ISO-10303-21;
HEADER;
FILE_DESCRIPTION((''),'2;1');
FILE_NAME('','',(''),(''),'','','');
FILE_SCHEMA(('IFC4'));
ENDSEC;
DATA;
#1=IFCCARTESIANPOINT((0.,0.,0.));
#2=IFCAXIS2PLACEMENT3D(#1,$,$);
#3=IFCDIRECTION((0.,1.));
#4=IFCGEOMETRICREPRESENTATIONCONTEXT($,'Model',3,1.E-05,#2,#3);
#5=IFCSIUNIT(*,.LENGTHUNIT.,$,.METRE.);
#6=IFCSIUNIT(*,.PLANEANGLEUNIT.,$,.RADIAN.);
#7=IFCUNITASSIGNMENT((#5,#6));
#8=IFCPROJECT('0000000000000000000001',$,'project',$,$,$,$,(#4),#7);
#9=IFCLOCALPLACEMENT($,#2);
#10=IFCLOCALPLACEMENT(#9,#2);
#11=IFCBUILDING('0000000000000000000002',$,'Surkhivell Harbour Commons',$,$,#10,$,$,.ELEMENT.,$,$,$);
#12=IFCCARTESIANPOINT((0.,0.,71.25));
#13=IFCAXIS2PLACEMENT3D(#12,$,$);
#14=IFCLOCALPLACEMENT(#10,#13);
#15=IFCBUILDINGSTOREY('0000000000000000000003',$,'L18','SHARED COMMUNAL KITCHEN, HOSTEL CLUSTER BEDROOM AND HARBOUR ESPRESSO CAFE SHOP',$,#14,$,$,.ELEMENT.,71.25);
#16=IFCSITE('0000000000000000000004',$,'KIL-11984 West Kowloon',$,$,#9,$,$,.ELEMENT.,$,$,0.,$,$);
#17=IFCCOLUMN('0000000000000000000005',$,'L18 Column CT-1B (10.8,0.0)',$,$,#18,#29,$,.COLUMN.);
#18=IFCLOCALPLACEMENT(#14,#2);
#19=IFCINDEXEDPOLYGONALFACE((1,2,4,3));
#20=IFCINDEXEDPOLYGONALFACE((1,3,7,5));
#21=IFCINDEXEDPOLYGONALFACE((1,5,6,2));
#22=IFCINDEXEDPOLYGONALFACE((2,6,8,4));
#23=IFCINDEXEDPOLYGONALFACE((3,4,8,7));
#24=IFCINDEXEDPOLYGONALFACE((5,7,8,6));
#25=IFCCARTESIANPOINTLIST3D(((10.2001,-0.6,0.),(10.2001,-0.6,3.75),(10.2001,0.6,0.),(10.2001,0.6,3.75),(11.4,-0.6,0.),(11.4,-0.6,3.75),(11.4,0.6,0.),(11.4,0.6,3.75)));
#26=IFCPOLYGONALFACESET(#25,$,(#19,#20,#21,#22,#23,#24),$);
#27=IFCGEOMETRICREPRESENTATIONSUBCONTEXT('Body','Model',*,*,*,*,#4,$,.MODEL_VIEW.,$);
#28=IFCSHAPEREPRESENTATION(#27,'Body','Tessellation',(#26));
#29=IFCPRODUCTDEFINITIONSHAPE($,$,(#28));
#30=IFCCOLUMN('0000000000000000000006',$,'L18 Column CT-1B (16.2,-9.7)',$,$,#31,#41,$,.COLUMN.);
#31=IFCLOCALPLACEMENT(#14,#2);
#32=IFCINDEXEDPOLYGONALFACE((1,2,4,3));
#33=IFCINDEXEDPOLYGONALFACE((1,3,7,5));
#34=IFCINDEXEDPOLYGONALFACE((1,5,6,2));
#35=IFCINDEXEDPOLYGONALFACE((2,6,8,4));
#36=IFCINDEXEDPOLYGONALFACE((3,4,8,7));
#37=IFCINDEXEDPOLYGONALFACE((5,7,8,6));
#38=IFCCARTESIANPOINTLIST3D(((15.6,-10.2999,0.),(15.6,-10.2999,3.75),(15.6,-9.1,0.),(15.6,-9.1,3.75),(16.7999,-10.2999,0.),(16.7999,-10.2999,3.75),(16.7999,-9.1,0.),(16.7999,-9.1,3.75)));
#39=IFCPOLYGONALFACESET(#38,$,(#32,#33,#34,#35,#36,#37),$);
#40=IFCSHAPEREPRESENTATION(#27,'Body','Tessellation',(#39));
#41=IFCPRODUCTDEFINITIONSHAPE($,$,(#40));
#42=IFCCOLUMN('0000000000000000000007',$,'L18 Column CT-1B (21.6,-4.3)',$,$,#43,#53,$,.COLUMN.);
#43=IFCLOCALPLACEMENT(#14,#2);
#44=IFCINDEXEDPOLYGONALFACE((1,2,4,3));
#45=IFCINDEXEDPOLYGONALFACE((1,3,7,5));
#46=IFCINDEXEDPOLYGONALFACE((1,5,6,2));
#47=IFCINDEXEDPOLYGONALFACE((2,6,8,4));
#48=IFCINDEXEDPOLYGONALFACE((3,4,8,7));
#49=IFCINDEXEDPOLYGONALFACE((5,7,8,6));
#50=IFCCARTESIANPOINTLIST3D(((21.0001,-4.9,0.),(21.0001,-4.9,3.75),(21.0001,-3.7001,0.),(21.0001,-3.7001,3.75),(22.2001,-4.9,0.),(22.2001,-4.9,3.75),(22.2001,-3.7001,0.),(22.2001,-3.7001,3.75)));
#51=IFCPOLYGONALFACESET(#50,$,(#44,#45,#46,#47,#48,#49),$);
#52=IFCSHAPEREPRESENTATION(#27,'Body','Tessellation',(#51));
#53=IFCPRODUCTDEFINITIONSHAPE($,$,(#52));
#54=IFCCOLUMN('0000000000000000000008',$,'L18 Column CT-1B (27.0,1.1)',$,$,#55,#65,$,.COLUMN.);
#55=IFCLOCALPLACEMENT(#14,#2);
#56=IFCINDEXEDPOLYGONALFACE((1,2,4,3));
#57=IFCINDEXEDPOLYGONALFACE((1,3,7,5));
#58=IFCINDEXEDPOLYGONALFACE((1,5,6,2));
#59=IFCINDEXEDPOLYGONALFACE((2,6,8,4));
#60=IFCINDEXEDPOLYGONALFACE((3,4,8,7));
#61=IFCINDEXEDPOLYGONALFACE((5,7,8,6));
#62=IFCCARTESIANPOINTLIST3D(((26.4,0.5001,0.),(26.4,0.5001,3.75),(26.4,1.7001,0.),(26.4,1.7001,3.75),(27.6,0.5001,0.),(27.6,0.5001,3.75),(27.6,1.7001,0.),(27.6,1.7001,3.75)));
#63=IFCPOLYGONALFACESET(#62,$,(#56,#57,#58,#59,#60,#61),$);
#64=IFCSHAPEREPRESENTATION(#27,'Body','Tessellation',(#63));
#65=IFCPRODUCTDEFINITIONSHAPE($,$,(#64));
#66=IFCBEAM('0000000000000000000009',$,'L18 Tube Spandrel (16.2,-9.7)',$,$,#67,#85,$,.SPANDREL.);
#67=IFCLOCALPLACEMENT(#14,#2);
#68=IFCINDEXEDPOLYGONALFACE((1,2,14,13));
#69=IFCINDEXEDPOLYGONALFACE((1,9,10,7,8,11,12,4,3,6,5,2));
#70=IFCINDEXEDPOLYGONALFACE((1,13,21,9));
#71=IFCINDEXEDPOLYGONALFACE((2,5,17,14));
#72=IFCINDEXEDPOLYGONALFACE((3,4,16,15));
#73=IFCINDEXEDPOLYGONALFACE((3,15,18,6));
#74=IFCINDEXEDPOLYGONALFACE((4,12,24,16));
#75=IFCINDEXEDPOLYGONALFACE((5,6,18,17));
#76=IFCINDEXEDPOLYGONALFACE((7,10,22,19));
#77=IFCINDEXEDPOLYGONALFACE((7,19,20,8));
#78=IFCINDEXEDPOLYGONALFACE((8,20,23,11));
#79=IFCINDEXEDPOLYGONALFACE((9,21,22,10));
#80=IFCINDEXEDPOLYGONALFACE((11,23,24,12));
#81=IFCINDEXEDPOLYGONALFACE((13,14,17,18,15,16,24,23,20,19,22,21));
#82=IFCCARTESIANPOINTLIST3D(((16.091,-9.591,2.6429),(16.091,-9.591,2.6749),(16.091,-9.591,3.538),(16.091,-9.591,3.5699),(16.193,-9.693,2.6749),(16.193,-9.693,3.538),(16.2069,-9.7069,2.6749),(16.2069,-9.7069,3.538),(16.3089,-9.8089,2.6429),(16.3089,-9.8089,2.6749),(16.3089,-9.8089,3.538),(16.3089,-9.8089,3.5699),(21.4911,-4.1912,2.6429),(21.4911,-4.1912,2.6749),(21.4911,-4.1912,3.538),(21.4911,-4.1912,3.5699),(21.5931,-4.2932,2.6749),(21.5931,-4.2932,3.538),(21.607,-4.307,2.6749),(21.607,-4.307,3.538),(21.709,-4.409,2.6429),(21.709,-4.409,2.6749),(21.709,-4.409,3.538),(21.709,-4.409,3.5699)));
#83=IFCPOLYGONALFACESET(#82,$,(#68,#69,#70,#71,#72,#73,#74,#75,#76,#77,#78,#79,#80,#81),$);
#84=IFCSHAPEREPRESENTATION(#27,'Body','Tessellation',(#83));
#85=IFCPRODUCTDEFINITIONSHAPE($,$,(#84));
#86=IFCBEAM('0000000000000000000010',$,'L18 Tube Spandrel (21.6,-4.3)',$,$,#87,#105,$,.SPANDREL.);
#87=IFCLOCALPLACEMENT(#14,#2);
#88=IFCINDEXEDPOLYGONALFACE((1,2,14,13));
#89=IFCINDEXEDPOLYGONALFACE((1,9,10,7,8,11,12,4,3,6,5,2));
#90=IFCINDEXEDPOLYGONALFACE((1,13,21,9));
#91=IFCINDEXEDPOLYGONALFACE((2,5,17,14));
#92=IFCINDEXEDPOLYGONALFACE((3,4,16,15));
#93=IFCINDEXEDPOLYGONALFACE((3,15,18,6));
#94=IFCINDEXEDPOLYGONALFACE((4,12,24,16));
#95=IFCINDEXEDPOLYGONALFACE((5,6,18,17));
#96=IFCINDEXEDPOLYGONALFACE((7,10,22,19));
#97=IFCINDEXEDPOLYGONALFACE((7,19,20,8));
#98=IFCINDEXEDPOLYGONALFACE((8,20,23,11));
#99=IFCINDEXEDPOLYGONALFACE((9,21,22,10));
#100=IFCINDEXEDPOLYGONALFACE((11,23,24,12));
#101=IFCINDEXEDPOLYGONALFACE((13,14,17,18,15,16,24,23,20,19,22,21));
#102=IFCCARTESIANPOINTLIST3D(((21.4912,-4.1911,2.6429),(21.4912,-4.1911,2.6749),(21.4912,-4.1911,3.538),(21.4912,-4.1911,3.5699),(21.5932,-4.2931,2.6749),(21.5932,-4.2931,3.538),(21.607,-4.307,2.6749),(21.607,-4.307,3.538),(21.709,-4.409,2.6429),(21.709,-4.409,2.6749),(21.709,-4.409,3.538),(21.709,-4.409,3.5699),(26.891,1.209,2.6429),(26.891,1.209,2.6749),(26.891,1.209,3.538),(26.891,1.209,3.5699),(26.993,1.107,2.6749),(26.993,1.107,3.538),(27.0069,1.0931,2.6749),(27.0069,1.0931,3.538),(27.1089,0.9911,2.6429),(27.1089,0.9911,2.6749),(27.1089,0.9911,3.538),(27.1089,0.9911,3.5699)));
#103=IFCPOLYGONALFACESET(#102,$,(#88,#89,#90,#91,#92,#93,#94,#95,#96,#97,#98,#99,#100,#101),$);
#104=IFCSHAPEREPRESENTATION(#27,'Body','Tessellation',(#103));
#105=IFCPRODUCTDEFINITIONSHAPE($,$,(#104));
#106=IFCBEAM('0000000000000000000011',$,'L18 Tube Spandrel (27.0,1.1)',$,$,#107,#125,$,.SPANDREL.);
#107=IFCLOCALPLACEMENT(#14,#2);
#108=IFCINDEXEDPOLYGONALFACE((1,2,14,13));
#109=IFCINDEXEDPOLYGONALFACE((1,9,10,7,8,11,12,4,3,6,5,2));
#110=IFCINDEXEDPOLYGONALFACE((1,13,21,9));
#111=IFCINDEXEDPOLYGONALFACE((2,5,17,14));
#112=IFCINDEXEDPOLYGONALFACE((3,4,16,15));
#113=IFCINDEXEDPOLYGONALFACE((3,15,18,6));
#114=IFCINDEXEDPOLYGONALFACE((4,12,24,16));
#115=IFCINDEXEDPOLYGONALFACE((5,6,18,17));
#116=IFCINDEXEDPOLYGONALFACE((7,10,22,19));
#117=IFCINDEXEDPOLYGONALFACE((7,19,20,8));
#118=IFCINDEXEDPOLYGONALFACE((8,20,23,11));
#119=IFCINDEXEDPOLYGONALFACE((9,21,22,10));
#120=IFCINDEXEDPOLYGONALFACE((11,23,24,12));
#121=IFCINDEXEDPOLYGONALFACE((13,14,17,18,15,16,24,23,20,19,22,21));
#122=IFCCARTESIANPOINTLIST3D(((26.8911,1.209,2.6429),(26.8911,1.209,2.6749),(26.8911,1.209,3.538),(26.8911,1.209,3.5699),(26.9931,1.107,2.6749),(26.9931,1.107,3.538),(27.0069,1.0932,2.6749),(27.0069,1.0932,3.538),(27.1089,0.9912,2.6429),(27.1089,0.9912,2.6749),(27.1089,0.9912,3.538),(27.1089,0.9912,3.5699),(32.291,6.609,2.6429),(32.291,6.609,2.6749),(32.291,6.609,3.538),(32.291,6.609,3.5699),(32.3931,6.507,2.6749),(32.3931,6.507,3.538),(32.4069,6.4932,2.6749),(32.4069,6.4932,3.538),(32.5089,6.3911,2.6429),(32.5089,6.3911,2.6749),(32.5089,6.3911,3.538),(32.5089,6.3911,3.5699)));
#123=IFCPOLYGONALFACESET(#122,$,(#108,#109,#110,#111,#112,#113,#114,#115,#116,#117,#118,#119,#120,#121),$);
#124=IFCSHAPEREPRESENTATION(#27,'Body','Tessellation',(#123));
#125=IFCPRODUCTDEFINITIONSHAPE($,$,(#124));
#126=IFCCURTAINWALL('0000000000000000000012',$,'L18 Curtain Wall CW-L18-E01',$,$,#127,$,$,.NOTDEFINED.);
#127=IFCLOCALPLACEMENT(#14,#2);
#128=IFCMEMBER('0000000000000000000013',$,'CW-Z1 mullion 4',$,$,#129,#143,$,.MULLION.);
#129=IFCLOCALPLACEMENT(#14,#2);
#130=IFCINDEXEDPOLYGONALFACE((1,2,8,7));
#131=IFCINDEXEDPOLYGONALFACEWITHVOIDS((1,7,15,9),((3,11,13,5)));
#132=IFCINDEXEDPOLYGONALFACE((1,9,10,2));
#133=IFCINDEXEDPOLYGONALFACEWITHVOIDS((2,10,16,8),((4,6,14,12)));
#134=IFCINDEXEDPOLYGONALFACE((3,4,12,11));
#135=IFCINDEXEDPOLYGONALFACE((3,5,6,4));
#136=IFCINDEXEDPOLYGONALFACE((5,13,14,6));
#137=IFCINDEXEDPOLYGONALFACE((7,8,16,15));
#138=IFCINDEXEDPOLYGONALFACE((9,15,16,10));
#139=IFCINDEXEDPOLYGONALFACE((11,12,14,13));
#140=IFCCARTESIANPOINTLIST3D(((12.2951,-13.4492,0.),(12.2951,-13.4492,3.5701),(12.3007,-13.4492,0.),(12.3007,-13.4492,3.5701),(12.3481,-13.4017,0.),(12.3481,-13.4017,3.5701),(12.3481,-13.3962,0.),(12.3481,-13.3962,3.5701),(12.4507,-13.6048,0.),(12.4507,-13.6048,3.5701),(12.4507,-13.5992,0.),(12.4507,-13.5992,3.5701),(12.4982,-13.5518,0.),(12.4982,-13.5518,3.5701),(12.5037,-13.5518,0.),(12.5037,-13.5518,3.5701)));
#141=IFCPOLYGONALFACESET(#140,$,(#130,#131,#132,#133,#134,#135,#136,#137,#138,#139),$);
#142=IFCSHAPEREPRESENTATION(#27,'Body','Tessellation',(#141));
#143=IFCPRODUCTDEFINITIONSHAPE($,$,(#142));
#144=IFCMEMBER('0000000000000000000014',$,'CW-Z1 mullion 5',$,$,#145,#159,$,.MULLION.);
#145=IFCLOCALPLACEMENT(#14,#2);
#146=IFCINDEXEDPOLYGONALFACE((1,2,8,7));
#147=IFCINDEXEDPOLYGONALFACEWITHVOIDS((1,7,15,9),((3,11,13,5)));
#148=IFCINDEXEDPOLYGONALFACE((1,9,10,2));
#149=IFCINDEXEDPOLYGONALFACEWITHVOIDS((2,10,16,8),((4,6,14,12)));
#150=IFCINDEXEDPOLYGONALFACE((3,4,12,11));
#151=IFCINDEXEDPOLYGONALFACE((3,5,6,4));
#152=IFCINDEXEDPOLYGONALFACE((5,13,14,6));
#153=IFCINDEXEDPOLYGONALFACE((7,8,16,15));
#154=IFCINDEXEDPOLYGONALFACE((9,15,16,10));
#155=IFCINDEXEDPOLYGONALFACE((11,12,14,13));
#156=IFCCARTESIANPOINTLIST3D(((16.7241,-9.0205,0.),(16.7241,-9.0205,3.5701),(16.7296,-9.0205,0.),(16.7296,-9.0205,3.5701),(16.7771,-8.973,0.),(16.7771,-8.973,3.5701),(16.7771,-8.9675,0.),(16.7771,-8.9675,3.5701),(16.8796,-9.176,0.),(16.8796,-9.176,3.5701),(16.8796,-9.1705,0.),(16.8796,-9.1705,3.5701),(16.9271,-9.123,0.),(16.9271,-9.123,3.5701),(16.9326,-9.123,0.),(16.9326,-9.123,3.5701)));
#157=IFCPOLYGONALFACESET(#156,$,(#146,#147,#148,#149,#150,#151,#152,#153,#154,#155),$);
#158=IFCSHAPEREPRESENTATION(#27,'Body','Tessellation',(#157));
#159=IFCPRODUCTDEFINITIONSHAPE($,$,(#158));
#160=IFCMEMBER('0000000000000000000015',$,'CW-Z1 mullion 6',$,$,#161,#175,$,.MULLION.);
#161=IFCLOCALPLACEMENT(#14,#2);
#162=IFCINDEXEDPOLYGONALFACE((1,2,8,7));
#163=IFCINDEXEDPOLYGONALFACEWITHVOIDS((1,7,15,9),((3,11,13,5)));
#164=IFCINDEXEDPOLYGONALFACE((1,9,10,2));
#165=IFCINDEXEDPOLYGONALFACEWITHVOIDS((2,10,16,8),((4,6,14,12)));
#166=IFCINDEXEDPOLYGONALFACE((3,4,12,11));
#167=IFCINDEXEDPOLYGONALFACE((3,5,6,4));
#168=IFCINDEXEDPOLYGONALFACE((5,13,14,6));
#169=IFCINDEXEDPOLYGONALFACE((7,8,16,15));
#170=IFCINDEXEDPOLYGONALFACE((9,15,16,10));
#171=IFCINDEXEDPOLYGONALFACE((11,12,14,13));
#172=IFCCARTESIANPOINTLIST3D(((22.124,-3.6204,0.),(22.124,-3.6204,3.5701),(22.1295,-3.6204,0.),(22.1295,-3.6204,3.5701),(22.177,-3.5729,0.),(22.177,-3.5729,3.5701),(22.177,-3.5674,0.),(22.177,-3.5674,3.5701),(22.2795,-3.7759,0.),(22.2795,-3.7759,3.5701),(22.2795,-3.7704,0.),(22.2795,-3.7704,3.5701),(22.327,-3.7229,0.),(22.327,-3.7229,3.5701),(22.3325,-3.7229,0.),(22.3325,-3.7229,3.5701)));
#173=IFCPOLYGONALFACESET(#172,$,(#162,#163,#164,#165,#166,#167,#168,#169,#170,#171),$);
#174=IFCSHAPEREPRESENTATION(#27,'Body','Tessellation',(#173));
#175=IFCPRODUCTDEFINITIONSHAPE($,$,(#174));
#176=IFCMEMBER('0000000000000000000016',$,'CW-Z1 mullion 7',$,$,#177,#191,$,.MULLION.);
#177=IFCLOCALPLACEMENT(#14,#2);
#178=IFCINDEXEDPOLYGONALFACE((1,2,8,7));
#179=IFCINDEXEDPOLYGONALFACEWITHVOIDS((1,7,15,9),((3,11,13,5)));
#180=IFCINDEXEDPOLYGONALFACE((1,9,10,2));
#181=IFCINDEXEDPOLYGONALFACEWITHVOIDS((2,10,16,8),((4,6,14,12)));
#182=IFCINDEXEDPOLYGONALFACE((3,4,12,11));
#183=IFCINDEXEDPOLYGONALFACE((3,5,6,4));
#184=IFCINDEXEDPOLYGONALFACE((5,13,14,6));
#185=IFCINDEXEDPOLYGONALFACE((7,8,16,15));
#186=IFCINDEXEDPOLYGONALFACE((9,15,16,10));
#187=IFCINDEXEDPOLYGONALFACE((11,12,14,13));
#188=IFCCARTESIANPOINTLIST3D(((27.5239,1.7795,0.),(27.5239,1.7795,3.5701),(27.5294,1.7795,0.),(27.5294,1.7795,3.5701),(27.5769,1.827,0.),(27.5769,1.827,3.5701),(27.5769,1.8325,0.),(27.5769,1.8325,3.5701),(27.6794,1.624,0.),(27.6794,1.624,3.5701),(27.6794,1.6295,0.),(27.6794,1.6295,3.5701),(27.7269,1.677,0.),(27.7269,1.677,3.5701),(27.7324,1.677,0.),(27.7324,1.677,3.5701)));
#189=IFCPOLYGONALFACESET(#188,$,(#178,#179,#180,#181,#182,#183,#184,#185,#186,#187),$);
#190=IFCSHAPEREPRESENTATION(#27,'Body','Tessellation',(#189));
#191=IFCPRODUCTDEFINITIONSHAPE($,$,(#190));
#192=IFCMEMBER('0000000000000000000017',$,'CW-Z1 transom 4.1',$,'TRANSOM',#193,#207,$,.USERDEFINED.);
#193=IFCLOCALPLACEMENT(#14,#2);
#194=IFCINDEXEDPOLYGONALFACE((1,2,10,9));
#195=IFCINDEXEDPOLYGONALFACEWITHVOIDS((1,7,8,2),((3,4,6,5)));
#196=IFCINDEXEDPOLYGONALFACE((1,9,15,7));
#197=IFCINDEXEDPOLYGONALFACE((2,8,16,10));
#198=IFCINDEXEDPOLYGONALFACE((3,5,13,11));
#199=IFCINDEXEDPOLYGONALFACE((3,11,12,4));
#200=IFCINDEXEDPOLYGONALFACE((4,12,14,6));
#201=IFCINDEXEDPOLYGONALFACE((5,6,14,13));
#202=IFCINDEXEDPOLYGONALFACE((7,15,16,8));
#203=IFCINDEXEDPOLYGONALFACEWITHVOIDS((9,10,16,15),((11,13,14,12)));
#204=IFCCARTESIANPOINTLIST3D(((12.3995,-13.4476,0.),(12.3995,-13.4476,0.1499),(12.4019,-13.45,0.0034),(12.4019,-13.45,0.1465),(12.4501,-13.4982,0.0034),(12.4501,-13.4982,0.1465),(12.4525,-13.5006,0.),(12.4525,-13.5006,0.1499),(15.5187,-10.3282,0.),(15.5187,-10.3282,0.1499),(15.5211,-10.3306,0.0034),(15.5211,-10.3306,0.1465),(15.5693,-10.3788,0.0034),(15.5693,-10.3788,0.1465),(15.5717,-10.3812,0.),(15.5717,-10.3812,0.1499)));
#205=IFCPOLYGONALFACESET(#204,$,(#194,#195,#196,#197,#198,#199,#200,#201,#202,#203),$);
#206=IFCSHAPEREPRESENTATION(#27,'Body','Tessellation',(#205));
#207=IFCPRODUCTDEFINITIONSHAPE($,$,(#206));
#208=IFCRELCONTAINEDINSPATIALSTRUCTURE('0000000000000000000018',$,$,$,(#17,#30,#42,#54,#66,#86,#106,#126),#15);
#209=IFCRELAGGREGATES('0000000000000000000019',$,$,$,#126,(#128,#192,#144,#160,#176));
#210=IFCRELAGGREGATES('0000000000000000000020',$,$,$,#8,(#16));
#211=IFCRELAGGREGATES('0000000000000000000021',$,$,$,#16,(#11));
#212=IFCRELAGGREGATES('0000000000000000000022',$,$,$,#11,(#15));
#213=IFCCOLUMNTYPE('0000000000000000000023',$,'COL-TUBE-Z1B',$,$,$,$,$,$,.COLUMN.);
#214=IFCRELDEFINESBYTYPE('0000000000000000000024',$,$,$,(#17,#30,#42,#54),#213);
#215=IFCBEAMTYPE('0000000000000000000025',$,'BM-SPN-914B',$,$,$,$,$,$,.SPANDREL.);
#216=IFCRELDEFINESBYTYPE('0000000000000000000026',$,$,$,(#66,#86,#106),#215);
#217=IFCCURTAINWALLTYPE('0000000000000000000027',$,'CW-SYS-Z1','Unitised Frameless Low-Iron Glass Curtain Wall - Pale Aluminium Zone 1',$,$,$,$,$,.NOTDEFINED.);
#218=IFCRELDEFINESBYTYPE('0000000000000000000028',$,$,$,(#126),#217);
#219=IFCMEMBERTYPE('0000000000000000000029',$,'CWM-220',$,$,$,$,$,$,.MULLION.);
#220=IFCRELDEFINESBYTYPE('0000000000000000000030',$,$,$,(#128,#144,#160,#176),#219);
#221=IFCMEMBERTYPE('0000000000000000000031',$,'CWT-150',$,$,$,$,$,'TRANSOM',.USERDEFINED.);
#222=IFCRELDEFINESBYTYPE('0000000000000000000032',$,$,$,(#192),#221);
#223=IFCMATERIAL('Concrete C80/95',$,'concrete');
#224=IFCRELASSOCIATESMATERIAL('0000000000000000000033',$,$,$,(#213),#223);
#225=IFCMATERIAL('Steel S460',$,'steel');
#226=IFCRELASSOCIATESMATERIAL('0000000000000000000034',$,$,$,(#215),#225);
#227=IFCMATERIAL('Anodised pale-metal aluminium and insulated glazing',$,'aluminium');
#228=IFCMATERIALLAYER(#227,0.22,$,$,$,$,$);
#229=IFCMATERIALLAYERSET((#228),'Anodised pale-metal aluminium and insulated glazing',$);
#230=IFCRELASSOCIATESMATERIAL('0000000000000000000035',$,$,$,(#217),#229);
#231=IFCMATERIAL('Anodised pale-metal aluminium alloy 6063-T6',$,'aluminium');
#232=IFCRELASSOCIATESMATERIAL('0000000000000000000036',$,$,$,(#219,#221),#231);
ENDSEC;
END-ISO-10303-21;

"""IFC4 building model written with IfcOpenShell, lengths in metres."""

from ifc_helpers import new_model, si_unit, direction, frame, origin, origin_2d, place, context, subcontext, project, spatial, rectangle, hollow_rectangle, i_section, extrude, material, layer, layer_set, material_profile, profile_set, type_object, element, aggregate, save


model = new_model("IFC4")

# Units and contexts
model_context = context("Model", 3, precision=1e-05, world=origin(), true_north=direction((0.0, 1.0)))
body_context = subcontext(model_context, "Body", "Model", "MODEL_VIEW")
ifc_project = project(units=[si_unit("LENGTHUNIT", "METRE"), si_unit("PLANEANGLEUNIT", "RADIAN")], contexts=[model_context])

# Site, building, storey
site_placement = place(None, origin())
site = spatial("IfcSite", under=ifc_project, at=site_placement, Name="KIL-11984 West Kowloon", CompositionType="ELEMENT", RefElevation=0.0)
building_placement = place(site_placement, origin())
building = spatial("IfcBuilding", under=site, at=building_placement, Name="Surkhivell Harbour Commons", CompositionType="ELEMENT")
storey_placement = place(building_placement, frame((0.0, 0.0, 71.25)))
storey = spatial("IfcBuildingStorey", under=building, at=storey_placement, Name="L18", Description="SHARED COMMUNAL KITCHEN, HOSTEL CLUSTER BEDROOM AND HARBOUR ESPRESSO CAFE SHOP", CompositionType="ELEMENT", Elevation=71.25)

# Columns
ifc_material_1 = material(Name="Concrete C80/95", Category="concrete")
ifc_material_profile_1 = material_profile(ifc_material_1, rectangle(XDim=1.2, YDim=1.2, at=origin_2d()), Name="RC-COL-1200x1200")
ifc_profile_set_1 = profile_set([ifc_material_profile_1], Name="Concrete C80/95")
column_type = type_object("IfcColumnType", Name="COL-TUBE-Z1B", PredefinedType="COLUMN", material=ifc_profile_set_1)
for number, where, z_axis, x_axis, name in (
    (1, (10.8, 0.0, 0.0), (0.0, 0.0, 1.0), (1.0, 0.0, 0.0), "L18 Column CT-1B (10.8,0.0)"),
    (2, (16.2, -9.7, 0.0), (0.0, 0.0, 1.0), (1.0, 0.0, 0.0), "L18 Column CT-1B (16.2,-9.7)"),
    (3, (21.6001, -4.3, 0.0), (0.0, 0.0, 1.0), (1.0, 0.0, 0.0), "L18 Column CT-1B (21.6,-4.3)"),
    (4, (27.0, 1.1001, 0.0), (0.0, 0.0, 1.0), (1.0, 0.0, 0.0), "L18 Column CT-1B (27.0,1.1)"),
):
    element("IfcColumn", number, at=place(storey_placement, frame(where, z_axis=z_axis, x_axis=x_axis)), inside=storey, type_object=column_type, Name=name, PredefinedType="COLUMN", context=body_context, shape_type="SweptSolid", body=[
        extrude(rectangle(XDim=1.2, YDim=1.2, at=origin_2d()), origin(), (0.0, 0.0, 1.0), 3.75),
    ])

# Beams
ifc_material_2 = material(Name="Steel S460", Category="steel")
ifc_material_profile_2 = material_profile(ifc_material_2, i_section(OverallWidth=0.3081, OverallDepth=0.927, WebThickness=0.0195, FlangeThickness=0.032, at=origin_2d()), Name="UB914x305x289")
ifc_profile_set_2 = profile_set([ifc_material_profile_2], Name="Steel S460")
beam_type = type_object("IfcBeamType", Name="BM-SPN-914B", PredefinedType="SPANDREL", material=ifc_profile_set_2)
for number, where, z_axis, x_axis, name in (
    (5, (16.2, -9.7, 3.1064), (0.707123, 0.707091, 0.0), (-0.707091, 0.707123, 0.0), "L18 Tube Spandrel (16.2,-9.7)"),
    (6, (21.6001, -4.3, 3.1064), (0.707091, 0.707123, 0.0), (-0.707123, 0.707091, 0.0), "L18 Tube Spandrel (21.6,-4.3)"),
    (7, (27.0, 1.1001, 3.1064), (0.707107, 0.707107, 0.0), (-0.707107, 0.707107, 0.0), "L18 Tube Spandrel (27.0,1.1)"),
):
    element("IfcBeam", number, at=place(storey_placement, frame(where, z_axis=z_axis, x_axis=x_axis)), inside=storey, type_object=beam_type, Name=name, PredefinedType="SPANDREL", context=body_context, shape_type="SweptSolid", body=[
        extrude(i_section(OverallWidth=0.3081, OverallDepth=0.927, WebThickness=0.0195, FlangeThickness=0.032, at=origin_2d()), origin(), (0.0, 0.0, 1.0), 7.6367),
    ])

# Curtain wall, members
ifc_material_3 = material(Name="Anodised pale-metal aluminium and insulated glazing", Category="aluminium")
ifc_layer_1 = layer(ifc_material_3, 0.22)
ifc_layer_set_1 = layer_set([ifc_layer_1], Name="Anodised pale-metal aluminium and insulated glazing")
curtain_wall_type = type_object("IfcCurtainWallType", Name="CW-SYS-Z1", Description="Unitised Frameless Low-Iron Glass Curtain Wall - Pale Aluminium Zone 1", PredefinedType="NOTDEFINED", material=ifc_layer_set_1)
curtain_wall_placement = place(storey_placement, origin())
curtain_wall = element("IfcCurtainWall", 8, at=curtain_wall_placement, inside=storey, type_object=curtain_wall_type, Name="L18 Curtain Wall CW-L18-E01", PredefinedType="NOTDEFINED")
ifc_material_4 = material(Name="Anodised pale-metal aluminium alloy 6063-T6", Category="aluminium")
ifc_material_profile_3 = material_profile(ifc_material_4, hollow_rectangle(XDim=0.075, YDim=0.22, WallThickness=0.0039, at=origin_2d()), Name="ALU-MULL-75x220")
ifc_profile_set_3 = profile_set([ifc_material_profile_3], Name="Anodised pale-metal aluminium alloy 6063-T6")
member_type_1 = type_object("IfcMemberType", Name="CWM-220", PredefinedType="MULLION", material=ifc_profile_set_3)
member_1_placement = place(storey_placement, frame((12.3994, -13.5005, 0.0), z_axis=(0.0, 0.0, 1.0), x_axis=(0.707107, 0.707107, 0.0)))
member_1 = element("IfcMember", 9, at=member_1_placement, type_object=member_type_1, Name="CW-Z1 mullion 4", PredefinedType="MULLION", context=body_context, shape_type="SweptSolid", body=[
    extrude(hollow_rectangle(XDim=0.075, YDim=0.22, WallThickness=0.0039, at=origin_2d()), origin(), (0.0, 0.0, 1.0), 3.5701),
])
member_2_placement = place(storey_placement, frame((16.8284, -9.0718, 0.0), z_axis=(0.0, 0.0, 1.0), x_axis=(0.707107, 0.707107, 0.0)))
member_2 = element("IfcMember", 10, at=member_2_placement, type_object=member_type_1, Name="CW-Z1 mullion 5", PredefinedType="MULLION", context=body_context, shape_type="SweptSolid", body=[
    extrude(hollow_rectangle(XDim=0.075, YDim=0.22, WallThickness=0.0039, at=origin_2d()), origin(), (0.0, 0.0, 1.0), 3.5701),
])
member_3_placement = place(storey_placement, frame((22.2283, -3.6716, 0.0), z_axis=(0.0, 0.0, 1.0), x_axis=(0.707107, 0.707107, 0.0)))
member_3 = element("IfcMember", 11, at=member_3_placement, type_object=member_type_1, Name="CW-Z1 mullion 6", PredefinedType="MULLION", context=body_context, shape_type="SweptSolid", body=[
    extrude(hollow_rectangle(XDim=0.075, YDim=0.22, WallThickness=0.0039, at=origin_2d()), origin(), (0.0, 0.0, 1.0), 3.5701),
])
member_4_placement = place(storey_placement, frame((27.6282, 1.7283, 0.0), z_axis=(0.0, 0.0, 1.0), x_axis=(0.707107, 0.707107, 0.0)))
member_4 = element("IfcMember", 12, at=member_4_placement, type_object=member_type_1, Name="CW-Z1 mullion 7", PredefinedType="MULLION", context=body_context, shape_type="SweptSolid", body=[
    extrude(hollow_rectangle(XDim=0.075, YDim=0.22, WallThickness=0.0039, at=origin_2d()), origin(), (0.0, 0.0, 1.0), 3.5701),
])
ifc_material_profile_4 = material_profile(ifc_material_4, hollow_rectangle(XDim=0.075, YDim=0.1499, WallThickness=0.0034, at=origin_2d()), Name="ALU-TRAN-75x150")
ifc_profile_set_4 = profile_set([ifc_material_profile_4], Name="Anodised pale-metal aluminium alloy 6063-T6")
member_type_2 = type_object("IfcMemberType", Name="CWT-150", ElementType="TRANSOM", PredefinedType="USERDEFINED", material=ifc_profile_set_4)
member_5_placement = place(storey_placement, frame((12.426, -13.4741, 0.075), z_axis=(0.707079, 0.707134, 0.0), x_axis=(-0.707134, 0.707079, 0.0)))
member_5 = element("IfcMember", 13, at=member_5_placement, type_object=member_type_2, Name="CW-Z1 transom 4.1", ObjectType="TRANSOM", PredefinedType="USERDEFINED", context=body_context, shape_type="SweptSolid", body=[
    extrude(hollow_rectangle(XDim=0.075, YDim=0.1499, WallThickness=0.0034, at=origin_2d()), origin(), (0.0, 0.0, 1.0), 4.4114),
])
aggregate(curtain_wall, [member_1, member_5, member_2, member_3, member_4])

save(model, "model.ifc")
